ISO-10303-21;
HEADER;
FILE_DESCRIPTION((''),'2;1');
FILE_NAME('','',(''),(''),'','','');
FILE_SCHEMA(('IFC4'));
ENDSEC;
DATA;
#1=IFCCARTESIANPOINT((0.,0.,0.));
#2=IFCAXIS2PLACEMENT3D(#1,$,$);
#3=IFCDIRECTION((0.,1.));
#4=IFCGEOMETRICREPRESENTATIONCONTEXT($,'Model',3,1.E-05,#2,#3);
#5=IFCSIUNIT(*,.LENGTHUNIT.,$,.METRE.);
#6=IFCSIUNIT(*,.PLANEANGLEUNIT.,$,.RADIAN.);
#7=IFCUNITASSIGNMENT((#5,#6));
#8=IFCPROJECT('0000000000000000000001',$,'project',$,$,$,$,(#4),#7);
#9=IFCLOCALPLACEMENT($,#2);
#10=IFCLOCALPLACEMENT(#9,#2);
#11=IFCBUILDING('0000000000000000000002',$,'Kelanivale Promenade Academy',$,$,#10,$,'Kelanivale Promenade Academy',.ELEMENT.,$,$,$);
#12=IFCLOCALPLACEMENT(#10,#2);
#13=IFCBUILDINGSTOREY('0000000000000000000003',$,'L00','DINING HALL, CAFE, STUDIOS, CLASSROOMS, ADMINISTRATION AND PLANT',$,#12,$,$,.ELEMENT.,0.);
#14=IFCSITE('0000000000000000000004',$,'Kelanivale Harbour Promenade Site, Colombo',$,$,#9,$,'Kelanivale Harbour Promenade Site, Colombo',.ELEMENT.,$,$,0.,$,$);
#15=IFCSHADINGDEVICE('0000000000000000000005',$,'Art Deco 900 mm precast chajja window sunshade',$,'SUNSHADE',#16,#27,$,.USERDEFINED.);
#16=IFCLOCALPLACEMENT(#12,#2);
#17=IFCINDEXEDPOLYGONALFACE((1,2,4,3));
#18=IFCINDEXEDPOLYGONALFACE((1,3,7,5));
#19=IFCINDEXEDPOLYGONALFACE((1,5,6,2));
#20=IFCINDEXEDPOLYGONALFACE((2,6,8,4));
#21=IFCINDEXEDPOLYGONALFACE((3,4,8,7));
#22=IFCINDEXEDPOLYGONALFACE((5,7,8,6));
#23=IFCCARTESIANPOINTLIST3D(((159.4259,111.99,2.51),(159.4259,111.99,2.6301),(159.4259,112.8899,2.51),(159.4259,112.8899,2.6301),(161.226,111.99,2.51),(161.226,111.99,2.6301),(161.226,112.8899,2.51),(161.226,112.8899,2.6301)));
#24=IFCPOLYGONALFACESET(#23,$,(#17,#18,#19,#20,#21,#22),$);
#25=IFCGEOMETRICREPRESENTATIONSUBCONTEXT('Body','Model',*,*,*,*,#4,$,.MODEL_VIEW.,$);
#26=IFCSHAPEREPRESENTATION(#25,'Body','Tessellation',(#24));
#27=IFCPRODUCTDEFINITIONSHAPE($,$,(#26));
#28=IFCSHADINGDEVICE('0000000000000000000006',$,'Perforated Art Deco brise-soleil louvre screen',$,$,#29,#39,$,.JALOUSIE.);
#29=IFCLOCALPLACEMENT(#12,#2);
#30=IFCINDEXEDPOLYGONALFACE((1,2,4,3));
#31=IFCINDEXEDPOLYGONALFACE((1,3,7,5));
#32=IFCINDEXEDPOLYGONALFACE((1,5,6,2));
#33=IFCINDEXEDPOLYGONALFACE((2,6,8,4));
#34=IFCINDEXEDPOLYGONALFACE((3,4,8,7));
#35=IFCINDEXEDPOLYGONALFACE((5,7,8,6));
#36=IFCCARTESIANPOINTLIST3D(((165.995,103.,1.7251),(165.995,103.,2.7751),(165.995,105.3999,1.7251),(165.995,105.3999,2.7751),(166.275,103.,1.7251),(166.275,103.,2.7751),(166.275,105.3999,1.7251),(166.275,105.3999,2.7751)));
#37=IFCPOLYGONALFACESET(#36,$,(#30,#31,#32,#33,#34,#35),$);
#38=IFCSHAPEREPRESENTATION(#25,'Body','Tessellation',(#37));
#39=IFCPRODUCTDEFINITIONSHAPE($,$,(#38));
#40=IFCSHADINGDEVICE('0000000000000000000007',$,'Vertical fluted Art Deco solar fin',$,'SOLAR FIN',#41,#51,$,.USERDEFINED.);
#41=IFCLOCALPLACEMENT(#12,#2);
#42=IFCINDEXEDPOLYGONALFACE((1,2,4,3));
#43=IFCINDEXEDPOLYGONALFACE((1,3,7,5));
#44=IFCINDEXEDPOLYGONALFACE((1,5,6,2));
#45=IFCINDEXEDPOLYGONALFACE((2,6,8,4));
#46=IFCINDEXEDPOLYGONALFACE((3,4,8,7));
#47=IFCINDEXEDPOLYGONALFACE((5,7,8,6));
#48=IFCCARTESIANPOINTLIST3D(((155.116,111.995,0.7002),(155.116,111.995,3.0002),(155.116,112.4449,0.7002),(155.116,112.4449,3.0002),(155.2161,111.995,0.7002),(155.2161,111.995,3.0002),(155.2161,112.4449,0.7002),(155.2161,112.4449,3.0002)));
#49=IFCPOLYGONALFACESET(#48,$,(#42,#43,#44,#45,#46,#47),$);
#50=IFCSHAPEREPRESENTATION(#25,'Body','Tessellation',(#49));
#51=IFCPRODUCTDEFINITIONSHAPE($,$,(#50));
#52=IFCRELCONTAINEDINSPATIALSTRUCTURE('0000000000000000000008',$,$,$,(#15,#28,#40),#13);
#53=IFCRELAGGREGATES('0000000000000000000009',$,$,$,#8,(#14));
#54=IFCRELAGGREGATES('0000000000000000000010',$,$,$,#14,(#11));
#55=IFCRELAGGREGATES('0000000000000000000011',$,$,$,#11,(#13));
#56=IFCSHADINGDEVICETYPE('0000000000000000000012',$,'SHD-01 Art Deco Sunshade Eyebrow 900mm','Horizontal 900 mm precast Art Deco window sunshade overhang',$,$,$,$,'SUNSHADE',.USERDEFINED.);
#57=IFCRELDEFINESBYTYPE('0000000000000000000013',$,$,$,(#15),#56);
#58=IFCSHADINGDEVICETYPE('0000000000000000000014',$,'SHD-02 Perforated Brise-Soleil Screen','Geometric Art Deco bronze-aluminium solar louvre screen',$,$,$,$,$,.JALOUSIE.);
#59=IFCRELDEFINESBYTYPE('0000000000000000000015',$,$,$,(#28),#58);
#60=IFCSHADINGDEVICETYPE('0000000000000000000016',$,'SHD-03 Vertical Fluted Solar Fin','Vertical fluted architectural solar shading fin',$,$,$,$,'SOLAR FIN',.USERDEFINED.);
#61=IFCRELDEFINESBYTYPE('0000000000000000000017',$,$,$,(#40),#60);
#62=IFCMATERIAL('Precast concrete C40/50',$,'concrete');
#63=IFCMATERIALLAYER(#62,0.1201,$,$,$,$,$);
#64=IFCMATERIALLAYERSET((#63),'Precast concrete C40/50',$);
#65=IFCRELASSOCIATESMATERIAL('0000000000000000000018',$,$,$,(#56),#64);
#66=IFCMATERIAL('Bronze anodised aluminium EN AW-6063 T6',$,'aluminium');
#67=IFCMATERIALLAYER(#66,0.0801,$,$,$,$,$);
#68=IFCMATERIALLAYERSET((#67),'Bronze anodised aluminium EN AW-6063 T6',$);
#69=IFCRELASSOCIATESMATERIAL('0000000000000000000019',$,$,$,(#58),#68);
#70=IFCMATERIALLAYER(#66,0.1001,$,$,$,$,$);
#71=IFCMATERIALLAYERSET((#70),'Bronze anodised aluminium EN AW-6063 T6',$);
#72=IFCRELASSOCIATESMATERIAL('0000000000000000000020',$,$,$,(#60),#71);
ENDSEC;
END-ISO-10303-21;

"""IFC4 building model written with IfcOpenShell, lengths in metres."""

from ifc_helpers import new_model, si_unit, direction, frame, origin, origin_2d, place, context, subcontext, project, spatial, rectangle, extrude, material, layer, layer_set, type_object, element, save


model = new_model("IFC4")

# Units and contexts
model_context = context("Model", 3, precision=1e-05, world=origin(), true_north=direction((0.0, 1.0)))
body_context = subcontext(model_context, "Body", "Model", "MODEL_VIEW")
ifc_project = project(units=[si_unit("LENGTHUNIT", "METRE"), si_unit("PLANEANGLEUNIT", "RADIAN")], contexts=[model_context])

# Site, building, storey
site_placement = place(None, origin())
site = spatial("IfcSite", under=ifc_project, at=site_placement, Name="Kelanivale Harbour Promenade Site, Colombo", LongName="Kelanivale Harbour Promenade Site, Colombo", CompositionType="ELEMENT", RefElevation=0.0)
building_placement = place(site_placement, origin())
building = spatial("IfcBuilding", under=site, at=building_placement, Name="Kelanivale Promenade Academy", LongName="Kelanivale Promenade Academy", CompositionType="ELEMENT")
storey_placement = place(building_placement, origin())
storey = spatial("IfcBuildingStorey", under=building, at=storey_placement, Name="L00", Description="DINING HALL, CAFE, STUDIOS, CLASSROOMS, ADMINISTRATION AND PLANT", CompositionType="ELEMENT", Elevation=0.0)

# Shading devices
ifc_material_1 = material(Name="Precast concrete C40/50", Category="concrete")
ifc_layer_1 = layer(ifc_material_1, 0.1201)
ifc_layer_set_1 = layer_set([ifc_layer_1], Name="Precast concrete C40/50")
shading_device_type_1 = type_object("IfcShadingDeviceType", Name="SHD-01 Art Deco Sunshade Eyebrow 900mm", Description="Horizontal 900 mm precast Art Deco window sunshade overhang", ElementType="SUNSHADE", PredefinedType="USERDEFINED", material=ifc_layer_set_1)
shading_device_1_placement = place(storey_placement, frame((160.3259, 112.4399, 2.51), z_axis=(0.0, 0.0, 1.0), x_axis=(-1.0, 0.0, 0.0)))
element("IfcShadingDevice", 1, at=shading_device_1_placement, inside=storey, type_object=shading_device_type_1, Name="Art Deco 900 mm precast chajja window sunshade", ObjectType="SUNSHADE", PredefinedType="USERDEFINED", context=body_context, shape_type="SweptSolid", body=[
    extrude(rectangle(XDim=1.8, YDim=0.8999, at=origin_2d()), origin(), (0.0, 0.0, 1.0), 0.1201),
])
ifc_material_2 = material(Name="Bronze anodised aluminium EN AW-6063 T6", Category="aluminium")
ifc_layer_2 = layer(ifc_material_2, 0.0801)
ifc_layer_set_2 = layer_set([ifc_layer_2], Name="Bronze anodised aluminium EN AW-6063 T6")
shading_device_type_2 = type_object("IfcShadingDeviceType", Name="SHD-02 Perforated Brise-Soleil Screen", Description="Geometric Art Deco bronze-aluminium solar louvre screen", PredefinedType="JALOUSIE", material=ifc_layer_set_2)
shading_device_2_placement = place(storey_placement, frame((166.135, 104.2, 1.7251), z_axis=(0.0, 0.0, 1.0), x_axis=(0.0, 1.0, 0.0)))
element("IfcShadingDevice", 2, at=shading_device_2_placement, inside=storey, type_object=shading_device_type_2, Name="Perforated Art Deco brise-soleil louvre screen", PredefinedType="JALOUSIE", context=body_context, shape_type="SweptSolid", body=[
    extrude(rectangle(XDim=2.3999, YDim=0.28, at=origin_2d()), origin(), (0.0, 0.0, 1.0), 1.05),
])
ifc_layer_3 = layer(ifc_material_2, 0.1001)
ifc_layer_set_3 = layer_set([ifc_layer_3], Name="Bronze anodised aluminium EN AW-6063 T6")
shading_device_type_3 = type_object("IfcShadingDeviceType", Name="SHD-03 Vertical Fluted Solar Fin", Description="Vertical fluted architectural solar shading fin", ElementType="SOLAR FIN", PredefinedType="USERDEFINED", material=ifc_layer_set_3)
shading_device_3_placement = place(storey_placement, frame((155.166, 112.22, 0.7002), z_axis=(0.0, 0.0, 1.0), x_axis=(-1.0, 0.0, 0.0)))
element("IfcShadingDevice", 3, at=shading_device_3_placement, inside=storey, type_object=shading_device_type_3, Name="Vertical fluted Art Deco solar fin", ObjectType="SOLAR FIN", PredefinedType="USERDEFINED", context=body_context, shape_type="SweptSolid", body=[
    extrude(rectangle(XDim=0.1001, YDim=0.45, at=origin_2d()), origin(), (0.0, 0.0, 1.0), 2.3),
])

save(model, "model.ifc")
